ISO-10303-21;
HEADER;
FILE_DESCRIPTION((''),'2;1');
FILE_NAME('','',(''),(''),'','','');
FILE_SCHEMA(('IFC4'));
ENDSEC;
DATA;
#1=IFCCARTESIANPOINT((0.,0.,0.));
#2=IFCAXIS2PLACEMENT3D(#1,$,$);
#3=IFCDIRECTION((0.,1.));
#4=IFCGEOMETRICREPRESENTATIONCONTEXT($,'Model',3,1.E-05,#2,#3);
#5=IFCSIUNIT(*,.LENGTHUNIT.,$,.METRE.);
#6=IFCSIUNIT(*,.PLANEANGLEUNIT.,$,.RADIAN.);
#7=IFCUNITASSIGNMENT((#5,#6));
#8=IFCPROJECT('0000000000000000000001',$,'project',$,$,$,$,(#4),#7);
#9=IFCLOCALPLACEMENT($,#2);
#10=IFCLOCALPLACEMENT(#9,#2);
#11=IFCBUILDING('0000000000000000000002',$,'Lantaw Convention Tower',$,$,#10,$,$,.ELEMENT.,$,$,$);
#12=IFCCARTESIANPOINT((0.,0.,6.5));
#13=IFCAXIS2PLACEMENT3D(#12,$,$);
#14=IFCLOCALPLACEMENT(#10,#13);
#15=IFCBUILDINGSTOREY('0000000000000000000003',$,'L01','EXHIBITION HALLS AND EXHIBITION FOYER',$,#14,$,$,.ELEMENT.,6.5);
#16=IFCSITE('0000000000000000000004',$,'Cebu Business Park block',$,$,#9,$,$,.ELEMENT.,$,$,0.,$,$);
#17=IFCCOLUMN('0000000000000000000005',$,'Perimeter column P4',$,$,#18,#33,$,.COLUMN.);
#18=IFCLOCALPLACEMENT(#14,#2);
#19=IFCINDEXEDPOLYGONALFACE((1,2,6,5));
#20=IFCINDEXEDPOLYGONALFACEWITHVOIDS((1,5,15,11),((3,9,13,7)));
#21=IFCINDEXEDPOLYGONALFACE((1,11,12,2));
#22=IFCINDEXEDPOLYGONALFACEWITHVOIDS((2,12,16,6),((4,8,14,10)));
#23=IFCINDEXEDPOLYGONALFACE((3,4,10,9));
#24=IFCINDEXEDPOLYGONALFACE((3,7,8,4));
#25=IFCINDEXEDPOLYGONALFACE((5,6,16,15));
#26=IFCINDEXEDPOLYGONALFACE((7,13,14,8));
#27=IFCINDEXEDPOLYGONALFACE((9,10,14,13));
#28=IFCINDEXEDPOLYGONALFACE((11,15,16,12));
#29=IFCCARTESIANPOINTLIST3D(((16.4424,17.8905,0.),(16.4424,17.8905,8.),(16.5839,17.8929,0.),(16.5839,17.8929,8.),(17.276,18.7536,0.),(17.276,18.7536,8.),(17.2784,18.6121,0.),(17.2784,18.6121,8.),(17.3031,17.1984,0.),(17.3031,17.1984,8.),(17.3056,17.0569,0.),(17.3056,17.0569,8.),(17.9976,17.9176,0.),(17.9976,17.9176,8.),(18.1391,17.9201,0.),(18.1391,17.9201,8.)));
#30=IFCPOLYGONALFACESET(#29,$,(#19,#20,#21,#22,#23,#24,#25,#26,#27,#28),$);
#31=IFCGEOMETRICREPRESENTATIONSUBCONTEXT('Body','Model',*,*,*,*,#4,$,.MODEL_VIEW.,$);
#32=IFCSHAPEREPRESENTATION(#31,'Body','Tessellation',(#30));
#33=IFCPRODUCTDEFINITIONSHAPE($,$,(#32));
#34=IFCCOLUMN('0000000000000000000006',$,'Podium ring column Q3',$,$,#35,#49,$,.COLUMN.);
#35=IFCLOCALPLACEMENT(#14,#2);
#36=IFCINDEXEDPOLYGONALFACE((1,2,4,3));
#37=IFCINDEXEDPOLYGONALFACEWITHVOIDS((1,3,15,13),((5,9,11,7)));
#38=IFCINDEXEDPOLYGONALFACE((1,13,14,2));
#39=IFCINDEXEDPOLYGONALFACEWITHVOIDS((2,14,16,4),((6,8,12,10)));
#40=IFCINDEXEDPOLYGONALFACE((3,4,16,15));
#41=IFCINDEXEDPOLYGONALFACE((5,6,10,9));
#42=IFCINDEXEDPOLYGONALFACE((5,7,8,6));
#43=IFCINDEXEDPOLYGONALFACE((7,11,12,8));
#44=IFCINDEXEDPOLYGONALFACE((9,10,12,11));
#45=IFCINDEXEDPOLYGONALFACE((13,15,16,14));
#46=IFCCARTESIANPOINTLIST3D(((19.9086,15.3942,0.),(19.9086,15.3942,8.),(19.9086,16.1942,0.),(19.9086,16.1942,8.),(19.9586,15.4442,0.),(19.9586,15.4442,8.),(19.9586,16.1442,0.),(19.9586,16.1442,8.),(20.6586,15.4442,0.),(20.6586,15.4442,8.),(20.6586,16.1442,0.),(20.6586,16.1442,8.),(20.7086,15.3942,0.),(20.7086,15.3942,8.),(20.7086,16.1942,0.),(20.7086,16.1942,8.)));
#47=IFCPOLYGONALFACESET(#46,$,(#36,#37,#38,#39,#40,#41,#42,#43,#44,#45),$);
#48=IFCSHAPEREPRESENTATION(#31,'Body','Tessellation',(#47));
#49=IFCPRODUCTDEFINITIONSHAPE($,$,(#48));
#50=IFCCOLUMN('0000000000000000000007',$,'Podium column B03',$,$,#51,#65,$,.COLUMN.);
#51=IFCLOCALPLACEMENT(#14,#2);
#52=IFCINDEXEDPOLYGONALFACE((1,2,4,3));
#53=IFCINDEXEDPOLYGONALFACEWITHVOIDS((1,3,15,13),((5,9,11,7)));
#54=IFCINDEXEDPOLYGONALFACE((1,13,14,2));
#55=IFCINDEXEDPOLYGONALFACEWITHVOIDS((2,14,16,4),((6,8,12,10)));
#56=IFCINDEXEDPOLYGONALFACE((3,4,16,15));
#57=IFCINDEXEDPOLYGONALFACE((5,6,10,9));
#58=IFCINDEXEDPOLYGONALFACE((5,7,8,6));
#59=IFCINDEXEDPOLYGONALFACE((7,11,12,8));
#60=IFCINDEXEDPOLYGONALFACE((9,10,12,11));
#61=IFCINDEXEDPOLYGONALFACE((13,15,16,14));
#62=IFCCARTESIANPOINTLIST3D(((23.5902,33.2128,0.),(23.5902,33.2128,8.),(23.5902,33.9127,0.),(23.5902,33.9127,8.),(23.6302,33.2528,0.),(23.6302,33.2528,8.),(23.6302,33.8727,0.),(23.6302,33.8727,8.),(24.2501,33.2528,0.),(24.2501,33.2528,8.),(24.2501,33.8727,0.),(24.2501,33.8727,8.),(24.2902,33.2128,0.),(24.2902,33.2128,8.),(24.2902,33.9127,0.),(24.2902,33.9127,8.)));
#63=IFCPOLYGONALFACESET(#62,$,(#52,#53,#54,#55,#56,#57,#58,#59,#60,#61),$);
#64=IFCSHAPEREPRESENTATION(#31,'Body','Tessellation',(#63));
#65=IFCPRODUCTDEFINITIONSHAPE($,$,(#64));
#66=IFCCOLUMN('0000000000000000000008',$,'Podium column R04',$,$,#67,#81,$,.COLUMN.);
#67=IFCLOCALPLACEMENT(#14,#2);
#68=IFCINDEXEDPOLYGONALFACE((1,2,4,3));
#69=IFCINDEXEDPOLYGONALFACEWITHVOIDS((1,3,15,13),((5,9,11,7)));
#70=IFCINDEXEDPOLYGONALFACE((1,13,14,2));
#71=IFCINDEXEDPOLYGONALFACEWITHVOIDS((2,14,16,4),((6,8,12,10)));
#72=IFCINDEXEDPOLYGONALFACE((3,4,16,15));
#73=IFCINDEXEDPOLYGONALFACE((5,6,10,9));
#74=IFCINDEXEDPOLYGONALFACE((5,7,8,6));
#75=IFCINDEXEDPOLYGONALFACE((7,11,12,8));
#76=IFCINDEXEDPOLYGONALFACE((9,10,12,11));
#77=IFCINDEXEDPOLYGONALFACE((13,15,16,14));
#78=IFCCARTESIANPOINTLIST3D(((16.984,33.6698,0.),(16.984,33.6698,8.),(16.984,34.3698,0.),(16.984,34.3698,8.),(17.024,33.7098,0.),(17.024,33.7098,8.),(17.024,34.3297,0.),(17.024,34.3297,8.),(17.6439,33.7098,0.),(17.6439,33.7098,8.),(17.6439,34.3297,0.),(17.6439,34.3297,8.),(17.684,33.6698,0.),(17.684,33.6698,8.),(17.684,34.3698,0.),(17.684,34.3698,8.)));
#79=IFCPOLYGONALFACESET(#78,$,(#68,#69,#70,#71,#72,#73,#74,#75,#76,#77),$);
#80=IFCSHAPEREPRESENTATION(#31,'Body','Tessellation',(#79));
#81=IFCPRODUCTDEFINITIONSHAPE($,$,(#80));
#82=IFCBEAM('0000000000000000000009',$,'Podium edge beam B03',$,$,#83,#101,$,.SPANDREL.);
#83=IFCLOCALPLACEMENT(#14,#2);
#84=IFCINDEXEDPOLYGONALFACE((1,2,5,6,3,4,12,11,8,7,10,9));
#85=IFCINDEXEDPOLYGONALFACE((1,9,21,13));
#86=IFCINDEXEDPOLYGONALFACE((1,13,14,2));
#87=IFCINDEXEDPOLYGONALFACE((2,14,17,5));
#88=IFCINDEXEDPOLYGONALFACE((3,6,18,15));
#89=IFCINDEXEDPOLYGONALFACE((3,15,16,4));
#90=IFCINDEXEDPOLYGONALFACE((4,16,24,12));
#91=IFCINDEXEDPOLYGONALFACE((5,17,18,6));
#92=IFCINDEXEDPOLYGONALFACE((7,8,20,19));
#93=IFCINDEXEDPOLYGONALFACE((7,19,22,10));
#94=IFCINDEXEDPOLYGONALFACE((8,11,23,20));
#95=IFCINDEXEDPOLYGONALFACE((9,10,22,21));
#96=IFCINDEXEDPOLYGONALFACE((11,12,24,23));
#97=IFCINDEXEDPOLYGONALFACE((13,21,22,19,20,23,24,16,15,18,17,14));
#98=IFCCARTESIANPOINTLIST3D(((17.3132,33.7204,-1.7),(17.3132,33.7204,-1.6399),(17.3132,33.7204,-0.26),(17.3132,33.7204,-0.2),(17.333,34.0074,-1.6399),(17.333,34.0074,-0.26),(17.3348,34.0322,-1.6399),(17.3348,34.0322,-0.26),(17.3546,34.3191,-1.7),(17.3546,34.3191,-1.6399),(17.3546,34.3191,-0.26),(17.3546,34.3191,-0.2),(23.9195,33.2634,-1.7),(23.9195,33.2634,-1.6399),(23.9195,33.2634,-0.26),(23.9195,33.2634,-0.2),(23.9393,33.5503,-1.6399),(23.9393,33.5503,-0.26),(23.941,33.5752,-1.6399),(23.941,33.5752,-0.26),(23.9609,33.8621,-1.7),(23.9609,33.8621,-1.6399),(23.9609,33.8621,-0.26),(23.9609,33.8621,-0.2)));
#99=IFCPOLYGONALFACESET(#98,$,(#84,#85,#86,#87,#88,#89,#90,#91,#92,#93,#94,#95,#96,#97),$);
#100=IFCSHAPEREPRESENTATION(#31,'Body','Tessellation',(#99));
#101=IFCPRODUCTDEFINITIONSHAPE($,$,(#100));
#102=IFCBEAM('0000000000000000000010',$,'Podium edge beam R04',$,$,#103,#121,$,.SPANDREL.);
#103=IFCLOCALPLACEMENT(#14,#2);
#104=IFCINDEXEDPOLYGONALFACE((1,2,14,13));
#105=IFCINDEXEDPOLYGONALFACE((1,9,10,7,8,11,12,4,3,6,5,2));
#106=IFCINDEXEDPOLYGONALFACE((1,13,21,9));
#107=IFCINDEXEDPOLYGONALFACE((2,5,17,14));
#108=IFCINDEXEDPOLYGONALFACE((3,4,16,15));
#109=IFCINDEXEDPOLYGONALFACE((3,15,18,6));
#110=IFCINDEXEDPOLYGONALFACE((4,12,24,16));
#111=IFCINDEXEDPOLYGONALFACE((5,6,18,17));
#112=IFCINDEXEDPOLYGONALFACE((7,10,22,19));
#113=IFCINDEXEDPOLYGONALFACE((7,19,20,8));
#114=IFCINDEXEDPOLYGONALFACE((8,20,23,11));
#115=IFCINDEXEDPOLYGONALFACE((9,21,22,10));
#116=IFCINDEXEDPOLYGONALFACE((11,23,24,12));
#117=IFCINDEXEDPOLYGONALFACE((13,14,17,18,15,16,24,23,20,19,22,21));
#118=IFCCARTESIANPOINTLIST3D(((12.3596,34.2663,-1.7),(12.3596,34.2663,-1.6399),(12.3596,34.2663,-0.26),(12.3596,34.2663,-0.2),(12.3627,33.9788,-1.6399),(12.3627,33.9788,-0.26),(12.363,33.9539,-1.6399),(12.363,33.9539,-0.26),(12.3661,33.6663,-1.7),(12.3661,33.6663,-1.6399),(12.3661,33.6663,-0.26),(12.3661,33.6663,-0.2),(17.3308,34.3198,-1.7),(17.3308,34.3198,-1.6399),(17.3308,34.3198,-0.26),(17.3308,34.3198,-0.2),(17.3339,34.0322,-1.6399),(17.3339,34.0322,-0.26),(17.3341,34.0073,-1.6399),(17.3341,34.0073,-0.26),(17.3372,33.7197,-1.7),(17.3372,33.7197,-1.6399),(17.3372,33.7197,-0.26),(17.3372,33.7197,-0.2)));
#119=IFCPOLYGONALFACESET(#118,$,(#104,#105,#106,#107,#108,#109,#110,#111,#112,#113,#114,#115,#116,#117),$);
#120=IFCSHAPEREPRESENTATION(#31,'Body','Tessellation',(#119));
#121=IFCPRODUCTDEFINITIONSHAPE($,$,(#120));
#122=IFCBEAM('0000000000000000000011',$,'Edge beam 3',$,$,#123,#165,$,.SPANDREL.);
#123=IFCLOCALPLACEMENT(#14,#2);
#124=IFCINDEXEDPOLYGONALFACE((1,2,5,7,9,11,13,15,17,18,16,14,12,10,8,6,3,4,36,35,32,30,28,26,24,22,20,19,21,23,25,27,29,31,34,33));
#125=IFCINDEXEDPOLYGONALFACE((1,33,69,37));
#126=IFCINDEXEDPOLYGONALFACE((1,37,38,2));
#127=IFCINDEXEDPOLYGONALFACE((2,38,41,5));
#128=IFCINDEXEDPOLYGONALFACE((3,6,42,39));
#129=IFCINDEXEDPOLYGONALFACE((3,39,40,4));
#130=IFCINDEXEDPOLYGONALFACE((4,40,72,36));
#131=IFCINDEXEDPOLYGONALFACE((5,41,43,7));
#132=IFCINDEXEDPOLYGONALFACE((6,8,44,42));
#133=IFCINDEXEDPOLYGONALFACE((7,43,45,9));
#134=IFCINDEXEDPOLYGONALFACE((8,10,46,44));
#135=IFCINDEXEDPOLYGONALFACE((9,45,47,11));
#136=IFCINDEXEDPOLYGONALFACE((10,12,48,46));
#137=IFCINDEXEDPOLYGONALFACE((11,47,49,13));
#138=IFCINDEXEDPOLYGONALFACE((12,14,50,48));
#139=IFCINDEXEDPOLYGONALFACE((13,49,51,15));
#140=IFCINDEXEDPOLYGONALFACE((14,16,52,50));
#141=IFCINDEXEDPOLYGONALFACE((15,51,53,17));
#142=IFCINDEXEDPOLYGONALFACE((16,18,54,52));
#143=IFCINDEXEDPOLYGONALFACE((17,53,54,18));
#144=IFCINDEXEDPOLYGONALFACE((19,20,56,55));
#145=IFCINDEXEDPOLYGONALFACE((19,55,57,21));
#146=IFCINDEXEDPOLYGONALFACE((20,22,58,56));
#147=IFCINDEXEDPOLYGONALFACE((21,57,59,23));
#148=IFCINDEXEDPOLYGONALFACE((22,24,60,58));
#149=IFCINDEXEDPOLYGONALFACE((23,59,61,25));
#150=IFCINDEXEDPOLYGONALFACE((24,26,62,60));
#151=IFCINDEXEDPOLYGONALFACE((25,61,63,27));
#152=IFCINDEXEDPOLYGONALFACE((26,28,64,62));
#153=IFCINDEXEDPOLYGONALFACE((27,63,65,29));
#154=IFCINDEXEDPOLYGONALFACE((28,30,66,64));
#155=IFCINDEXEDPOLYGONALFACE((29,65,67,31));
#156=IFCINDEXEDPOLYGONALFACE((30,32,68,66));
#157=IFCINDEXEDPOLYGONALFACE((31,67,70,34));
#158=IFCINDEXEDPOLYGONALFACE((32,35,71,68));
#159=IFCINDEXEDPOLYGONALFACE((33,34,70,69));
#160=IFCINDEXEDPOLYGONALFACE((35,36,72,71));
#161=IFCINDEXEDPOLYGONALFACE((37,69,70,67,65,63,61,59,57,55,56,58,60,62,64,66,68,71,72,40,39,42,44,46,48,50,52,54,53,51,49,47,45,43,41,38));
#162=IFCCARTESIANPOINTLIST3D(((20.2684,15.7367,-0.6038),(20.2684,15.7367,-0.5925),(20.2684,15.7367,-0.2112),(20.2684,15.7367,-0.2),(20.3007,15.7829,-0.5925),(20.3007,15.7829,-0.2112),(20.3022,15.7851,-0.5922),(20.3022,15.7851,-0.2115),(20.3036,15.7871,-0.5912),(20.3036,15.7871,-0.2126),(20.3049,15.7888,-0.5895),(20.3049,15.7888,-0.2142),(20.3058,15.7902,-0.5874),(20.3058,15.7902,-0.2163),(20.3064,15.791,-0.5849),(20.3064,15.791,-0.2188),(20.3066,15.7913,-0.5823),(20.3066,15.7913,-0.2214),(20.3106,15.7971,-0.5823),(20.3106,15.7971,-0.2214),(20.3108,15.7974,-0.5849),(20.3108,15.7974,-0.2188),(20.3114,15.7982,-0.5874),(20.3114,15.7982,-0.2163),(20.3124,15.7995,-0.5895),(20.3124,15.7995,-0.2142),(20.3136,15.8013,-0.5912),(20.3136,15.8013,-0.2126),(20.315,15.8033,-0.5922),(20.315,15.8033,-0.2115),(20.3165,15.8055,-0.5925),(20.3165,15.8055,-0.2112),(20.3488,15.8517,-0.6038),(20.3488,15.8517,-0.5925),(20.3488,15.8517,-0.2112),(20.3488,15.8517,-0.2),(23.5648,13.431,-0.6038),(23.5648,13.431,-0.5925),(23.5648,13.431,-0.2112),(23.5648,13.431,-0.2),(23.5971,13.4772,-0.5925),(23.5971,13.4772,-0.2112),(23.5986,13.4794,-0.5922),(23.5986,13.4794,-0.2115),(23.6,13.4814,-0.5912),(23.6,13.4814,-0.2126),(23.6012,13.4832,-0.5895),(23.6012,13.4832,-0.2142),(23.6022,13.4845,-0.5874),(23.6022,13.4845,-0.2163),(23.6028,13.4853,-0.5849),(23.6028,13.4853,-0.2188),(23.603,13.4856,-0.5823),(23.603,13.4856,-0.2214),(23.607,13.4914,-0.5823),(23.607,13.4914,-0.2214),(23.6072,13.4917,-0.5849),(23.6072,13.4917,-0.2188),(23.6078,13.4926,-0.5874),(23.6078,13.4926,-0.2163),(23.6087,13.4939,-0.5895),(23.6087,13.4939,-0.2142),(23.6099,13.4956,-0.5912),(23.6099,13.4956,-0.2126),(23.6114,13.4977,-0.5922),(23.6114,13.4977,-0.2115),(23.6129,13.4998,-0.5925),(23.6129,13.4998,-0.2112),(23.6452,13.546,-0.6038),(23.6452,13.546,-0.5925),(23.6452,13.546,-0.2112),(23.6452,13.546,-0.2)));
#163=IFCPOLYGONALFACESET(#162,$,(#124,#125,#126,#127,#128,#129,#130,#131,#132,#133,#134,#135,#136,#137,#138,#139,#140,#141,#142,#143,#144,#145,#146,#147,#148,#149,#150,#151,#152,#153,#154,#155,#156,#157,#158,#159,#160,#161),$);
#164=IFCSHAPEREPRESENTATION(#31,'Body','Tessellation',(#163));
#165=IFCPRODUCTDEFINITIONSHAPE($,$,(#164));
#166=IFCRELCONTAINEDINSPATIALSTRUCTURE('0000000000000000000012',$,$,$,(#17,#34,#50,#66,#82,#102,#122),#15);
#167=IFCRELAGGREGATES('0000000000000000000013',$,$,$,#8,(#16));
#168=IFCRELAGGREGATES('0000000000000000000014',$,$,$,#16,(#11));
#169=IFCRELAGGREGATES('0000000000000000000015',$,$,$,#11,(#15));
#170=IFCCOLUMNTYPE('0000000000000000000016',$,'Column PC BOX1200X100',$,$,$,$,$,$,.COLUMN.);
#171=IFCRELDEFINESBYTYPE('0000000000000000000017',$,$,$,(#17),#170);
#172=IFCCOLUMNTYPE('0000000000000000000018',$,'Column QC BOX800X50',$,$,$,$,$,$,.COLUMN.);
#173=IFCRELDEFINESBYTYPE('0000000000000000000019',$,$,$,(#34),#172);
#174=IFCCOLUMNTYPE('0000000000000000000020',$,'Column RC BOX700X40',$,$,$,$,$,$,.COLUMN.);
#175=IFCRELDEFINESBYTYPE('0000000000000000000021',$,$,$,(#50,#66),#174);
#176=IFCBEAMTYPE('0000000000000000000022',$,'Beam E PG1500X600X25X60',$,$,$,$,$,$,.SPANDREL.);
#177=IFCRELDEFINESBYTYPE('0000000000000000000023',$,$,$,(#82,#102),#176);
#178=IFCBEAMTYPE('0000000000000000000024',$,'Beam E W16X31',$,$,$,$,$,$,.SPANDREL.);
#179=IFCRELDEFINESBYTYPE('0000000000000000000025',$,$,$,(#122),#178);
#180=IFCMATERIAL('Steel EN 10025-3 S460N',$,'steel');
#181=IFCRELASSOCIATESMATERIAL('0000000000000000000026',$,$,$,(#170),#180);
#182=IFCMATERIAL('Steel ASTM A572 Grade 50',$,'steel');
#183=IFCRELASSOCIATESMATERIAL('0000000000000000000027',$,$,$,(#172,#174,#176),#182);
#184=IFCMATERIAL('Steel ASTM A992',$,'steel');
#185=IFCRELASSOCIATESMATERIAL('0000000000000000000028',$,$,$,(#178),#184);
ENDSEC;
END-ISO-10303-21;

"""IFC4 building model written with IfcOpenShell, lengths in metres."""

from ifc_helpers import new_model, si_unit, direction, frame, origin, origin_2d, place, context, subcontext, project, spatial, rectangle, hollow_rectangle, i_section, extrude, material, material_profile, profile_set, type_object, element, save


model = new_model("IFC4")

# Units and contexts
model_context = context("Model", 3, precision=1e-05, world=origin(), true_north=direction((0.0, 1.0)))
body_context = subcontext(model_context, "Body", "Model", "MODEL_VIEW")
ifc_project = project(units=[si_unit("LENGTHUNIT", "METRE"), si_unit("PLANEANGLEUNIT", "RADIAN")], contexts=[model_context])

# Site, building, storey
site_placement = place(None, origin())
site = spatial("IfcSite", under=ifc_project, at=site_placement, Name="Cebu Business Park block", CompositionType="ELEMENT", RefElevation=0.0)
building_placement = place(site_placement, origin())
building = spatial("IfcBuilding", under=site, at=building_placement, Name="Lantaw Convention Tower", CompositionType="ELEMENT")
storey_placement = place(building_placement, frame((0.0, 0.0, 6.5)))
storey = spatial("IfcBuildingStorey", under=building, at=storey_placement, Name="L01", Description="EXHIBITION HALLS AND EXHIBITION FOYER", CompositionType="ELEMENT", Elevation=6.5)

# Columns
ifc_material_1 = material(Name="Steel EN 10025-3 S460N", Category="steel")
ifc_material_profile_1 = material_profile(ifc_material_1, hollow_rectangle(XDim=1.2, YDim=1.2, WallThickness=0.1001, at=origin_2d()), Name="BOX1200X100")
ifc_material_2 = material(Name="Concrete C60/75", Category="concrete")
ifc_material_profile_2 = material_profile(ifc_material_2, rectangle(XDim=1.0, YDim=1.0, at=origin_2d()), Name="Concrete fill of BOX1200X100")
ifc_profile_set_1 = profile_set([ifc_material_profile_1, ifc_material_profile_2], Name="Steel EN 10025-3 S460N")
column_type_1 = type_object("IfcColumnType", Name="Column PC BOX1200X100", PredefinedType="COLUMN", material=ifc_profile_set_1)
column_1_placement = place(storey_placement, frame((17.2908, 17.9053, 0.0), z_axis=(0.0, 0.0, 1.0), x_axis=(0.694658, 0.71934, 0.0)))
element("IfcColumn", 1, at=column_1_placement, inside=storey, type_object=column_type_1, Name="Perimeter column P4", PredefinedType="COLUMN", context=body_context, shape_type="SweptSolid", body=[
    extrude(hollow_rectangle(XDim=1.2, YDim=1.2, WallThickness=0.1001, at=origin_2d()), origin(), (0.0, 0.0, 1.0), 8.0),
])
ifc_material_3 = material(Name="Steel ASTM A572 Grade 50", Category="steel")
ifc_material_profile_3 = material_profile(ifc_material_3, hollow_rectangle(XDim=0.8, YDim=0.8, WallThickness=0.05, at=origin_2d()), Name="BOX800X50")
ifc_profile_set_2 = profile_set([ifc_material_profile_3], Name="Steel ASTM A572 Grade 50")
column_type_2 = type_object("IfcColumnType", Name="Column QC BOX800X50", PredefinedType="COLUMN", material=ifc_profile_set_2)
column_2_placement = place(storey_placement, frame((20.3086, 15.7942, 0.0), z_axis=(0.0, 0.0, 1.0), x_axis=(1.0, 0.0, 0.0)))
element("IfcColumn", 2, at=column_2_placement, inside=storey, type_object=column_type_2, Name="Podium ring column Q3", PredefinedType="COLUMN", context=body_context, shape_type="SweptSolid", body=[
    extrude(hollow_rectangle(XDim=0.8, YDim=0.8, WallThickness=0.05, at=origin_2d()), origin(), (0.0, 0.0, 1.0), 8.0),
])
ifc_material_profile_4 = material_profile(ifc_material_3, hollow_rectangle(XDim=0.7, YDim=0.7, WallThickness=0.04, at=origin_2d()), Name="BOX700X40")
ifc_profile_set_3 = profile_set([ifc_material_profile_4], Name="Steel ASTM A572 Grade 50")
column_type_3 = type_object("IfcColumnType", Name="Column RC BOX700X40", PredefinedType="COLUMN", material=ifc_profile_set_3)
for number, where, z_axis, x_axis, name in (
    (3, (23.9402, 33.5627, 0.0), (0.0, 0.0, 1.0), (1.0, 0.0, 0.0), "Podium column B03"),
    (4, (17.334, 34.0198, 0.0), (0.0, 0.0, 1.0), (1.0, 0.0, 0.0), "Podium column R04"),
):
    element("IfcColumn", number, at=place(storey_placement, frame(where, z_axis=z_axis, x_axis=x_axis)), inside=storey, type_object=column_type_3, Name=name, PredefinedType="COLUMN", context=body_context, shape_type="SweptSolid", body=[
        extrude(hollow_rectangle(XDim=0.7, YDim=0.7, WallThickness=0.04, at=origin_2d()), origin(), (0.0, 0.0, 1.0), 8.0),
    ])

# Beams
ifc_material_profile_5 = material_profile(ifc_material_3, i_section(OverallWidth=0.6001, OverallDepth=1.5, WebThickness=0.0249, FlangeThickness=0.0601, at=origin_2d()), Name="PG1500X600X25X60")
ifc_profile_set_4 = profile_set([ifc_material_profile_5], Name="Steel ASTM A572 Grade 50")
beam_type_1 = type_object("IfcBeamType", Name="Beam E PG1500X600X25X60", PredefinedType="SPANDREL", material=ifc_profile_set_4)
beam_1_placement = place(storey_placement, frame((23.9402, 33.5627, -0.95), z_axis=(-0.997615, 0.069017, 0.0), x_axis=(-0.069017, -0.997615, 0.0)))
element("IfcBeam", 5, at=beam_1_placement, inside=storey, type_object=beam_type_1, Name="Podium edge beam B03", PredefinedType="SPANDREL", context=body_context, shape_type="SweptSolid", body=[
    extrude(i_section(OverallWidth=0.6001, OverallDepth=1.5, WebThickness=0.0249, FlangeThickness=0.0601, at=origin_2d()), origin(), (0.0, 0.0, 1.0), 6.6221),
])
beam_2_placement = place(storey_placement, frame((17.334, 34.0198, -0.95), z_axis=(-0.999942, -0.010755, 0.0), x_axis=(0.010755, -0.999942, 0.0)))
element("IfcBeam", 6, at=beam_2_placement, inside=storey, type_object=beam_type_1, Name="Podium edge beam R04", PredefinedType="SPANDREL", context=body_context, shape_type="SweptSolid", body=[
    extrude(i_section(OverallWidth=0.6001, OverallDepth=1.5, WebThickness=0.0249, FlangeThickness=0.0601, at=origin_2d()), origin(), (0.0, 0.0, 1.0), 4.9714),
])
ifc_material_4 = material(Name="Steel ASTM A992", Category="steel")
ifc_material_profile_6 = material_profile(ifc_material_4, i_section(OverallWidth=0.1404, OverallDepth=0.4038, WebThickness=0.0071, FlangeThickness=0.0112, FilletRadius=0.0103, at=origin_2d()), Name="W16X31")
ifc_profile_set_5 = profile_set([ifc_material_profile_6], Name="Steel ASTM A992")
beam_type_2 = type_object("IfcBeamType", Name="Beam E W16X31", PredefinedType="SPANDREL", material=ifc_profile_set_5)
beam_3_placement = place(storey_placement, frame((23.605, 13.4885, -0.4019), z_axis=(-0.819443, 0.573161, 0.0), x_axis=(-0.573161, -0.819443, 0.0)))
element("IfcBeam", 7, at=beam_3_placement, inside=storey, type_object=beam_type_2, Name="Edge beam 3", PredefinedType="SPANDREL", context=body_context, shape_type="SweptSolid", body=[
    extrude(i_section(OverallWidth=0.1404, OverallDepth=0.4038, WebThickness=0.0071, FlangeThickness=0.0112, FilletRadius=0.0103, at=origin_2d()), origin(), (0.0, 0.0, 1.0), 4.0227),
])

save(model, "model.ifc")
